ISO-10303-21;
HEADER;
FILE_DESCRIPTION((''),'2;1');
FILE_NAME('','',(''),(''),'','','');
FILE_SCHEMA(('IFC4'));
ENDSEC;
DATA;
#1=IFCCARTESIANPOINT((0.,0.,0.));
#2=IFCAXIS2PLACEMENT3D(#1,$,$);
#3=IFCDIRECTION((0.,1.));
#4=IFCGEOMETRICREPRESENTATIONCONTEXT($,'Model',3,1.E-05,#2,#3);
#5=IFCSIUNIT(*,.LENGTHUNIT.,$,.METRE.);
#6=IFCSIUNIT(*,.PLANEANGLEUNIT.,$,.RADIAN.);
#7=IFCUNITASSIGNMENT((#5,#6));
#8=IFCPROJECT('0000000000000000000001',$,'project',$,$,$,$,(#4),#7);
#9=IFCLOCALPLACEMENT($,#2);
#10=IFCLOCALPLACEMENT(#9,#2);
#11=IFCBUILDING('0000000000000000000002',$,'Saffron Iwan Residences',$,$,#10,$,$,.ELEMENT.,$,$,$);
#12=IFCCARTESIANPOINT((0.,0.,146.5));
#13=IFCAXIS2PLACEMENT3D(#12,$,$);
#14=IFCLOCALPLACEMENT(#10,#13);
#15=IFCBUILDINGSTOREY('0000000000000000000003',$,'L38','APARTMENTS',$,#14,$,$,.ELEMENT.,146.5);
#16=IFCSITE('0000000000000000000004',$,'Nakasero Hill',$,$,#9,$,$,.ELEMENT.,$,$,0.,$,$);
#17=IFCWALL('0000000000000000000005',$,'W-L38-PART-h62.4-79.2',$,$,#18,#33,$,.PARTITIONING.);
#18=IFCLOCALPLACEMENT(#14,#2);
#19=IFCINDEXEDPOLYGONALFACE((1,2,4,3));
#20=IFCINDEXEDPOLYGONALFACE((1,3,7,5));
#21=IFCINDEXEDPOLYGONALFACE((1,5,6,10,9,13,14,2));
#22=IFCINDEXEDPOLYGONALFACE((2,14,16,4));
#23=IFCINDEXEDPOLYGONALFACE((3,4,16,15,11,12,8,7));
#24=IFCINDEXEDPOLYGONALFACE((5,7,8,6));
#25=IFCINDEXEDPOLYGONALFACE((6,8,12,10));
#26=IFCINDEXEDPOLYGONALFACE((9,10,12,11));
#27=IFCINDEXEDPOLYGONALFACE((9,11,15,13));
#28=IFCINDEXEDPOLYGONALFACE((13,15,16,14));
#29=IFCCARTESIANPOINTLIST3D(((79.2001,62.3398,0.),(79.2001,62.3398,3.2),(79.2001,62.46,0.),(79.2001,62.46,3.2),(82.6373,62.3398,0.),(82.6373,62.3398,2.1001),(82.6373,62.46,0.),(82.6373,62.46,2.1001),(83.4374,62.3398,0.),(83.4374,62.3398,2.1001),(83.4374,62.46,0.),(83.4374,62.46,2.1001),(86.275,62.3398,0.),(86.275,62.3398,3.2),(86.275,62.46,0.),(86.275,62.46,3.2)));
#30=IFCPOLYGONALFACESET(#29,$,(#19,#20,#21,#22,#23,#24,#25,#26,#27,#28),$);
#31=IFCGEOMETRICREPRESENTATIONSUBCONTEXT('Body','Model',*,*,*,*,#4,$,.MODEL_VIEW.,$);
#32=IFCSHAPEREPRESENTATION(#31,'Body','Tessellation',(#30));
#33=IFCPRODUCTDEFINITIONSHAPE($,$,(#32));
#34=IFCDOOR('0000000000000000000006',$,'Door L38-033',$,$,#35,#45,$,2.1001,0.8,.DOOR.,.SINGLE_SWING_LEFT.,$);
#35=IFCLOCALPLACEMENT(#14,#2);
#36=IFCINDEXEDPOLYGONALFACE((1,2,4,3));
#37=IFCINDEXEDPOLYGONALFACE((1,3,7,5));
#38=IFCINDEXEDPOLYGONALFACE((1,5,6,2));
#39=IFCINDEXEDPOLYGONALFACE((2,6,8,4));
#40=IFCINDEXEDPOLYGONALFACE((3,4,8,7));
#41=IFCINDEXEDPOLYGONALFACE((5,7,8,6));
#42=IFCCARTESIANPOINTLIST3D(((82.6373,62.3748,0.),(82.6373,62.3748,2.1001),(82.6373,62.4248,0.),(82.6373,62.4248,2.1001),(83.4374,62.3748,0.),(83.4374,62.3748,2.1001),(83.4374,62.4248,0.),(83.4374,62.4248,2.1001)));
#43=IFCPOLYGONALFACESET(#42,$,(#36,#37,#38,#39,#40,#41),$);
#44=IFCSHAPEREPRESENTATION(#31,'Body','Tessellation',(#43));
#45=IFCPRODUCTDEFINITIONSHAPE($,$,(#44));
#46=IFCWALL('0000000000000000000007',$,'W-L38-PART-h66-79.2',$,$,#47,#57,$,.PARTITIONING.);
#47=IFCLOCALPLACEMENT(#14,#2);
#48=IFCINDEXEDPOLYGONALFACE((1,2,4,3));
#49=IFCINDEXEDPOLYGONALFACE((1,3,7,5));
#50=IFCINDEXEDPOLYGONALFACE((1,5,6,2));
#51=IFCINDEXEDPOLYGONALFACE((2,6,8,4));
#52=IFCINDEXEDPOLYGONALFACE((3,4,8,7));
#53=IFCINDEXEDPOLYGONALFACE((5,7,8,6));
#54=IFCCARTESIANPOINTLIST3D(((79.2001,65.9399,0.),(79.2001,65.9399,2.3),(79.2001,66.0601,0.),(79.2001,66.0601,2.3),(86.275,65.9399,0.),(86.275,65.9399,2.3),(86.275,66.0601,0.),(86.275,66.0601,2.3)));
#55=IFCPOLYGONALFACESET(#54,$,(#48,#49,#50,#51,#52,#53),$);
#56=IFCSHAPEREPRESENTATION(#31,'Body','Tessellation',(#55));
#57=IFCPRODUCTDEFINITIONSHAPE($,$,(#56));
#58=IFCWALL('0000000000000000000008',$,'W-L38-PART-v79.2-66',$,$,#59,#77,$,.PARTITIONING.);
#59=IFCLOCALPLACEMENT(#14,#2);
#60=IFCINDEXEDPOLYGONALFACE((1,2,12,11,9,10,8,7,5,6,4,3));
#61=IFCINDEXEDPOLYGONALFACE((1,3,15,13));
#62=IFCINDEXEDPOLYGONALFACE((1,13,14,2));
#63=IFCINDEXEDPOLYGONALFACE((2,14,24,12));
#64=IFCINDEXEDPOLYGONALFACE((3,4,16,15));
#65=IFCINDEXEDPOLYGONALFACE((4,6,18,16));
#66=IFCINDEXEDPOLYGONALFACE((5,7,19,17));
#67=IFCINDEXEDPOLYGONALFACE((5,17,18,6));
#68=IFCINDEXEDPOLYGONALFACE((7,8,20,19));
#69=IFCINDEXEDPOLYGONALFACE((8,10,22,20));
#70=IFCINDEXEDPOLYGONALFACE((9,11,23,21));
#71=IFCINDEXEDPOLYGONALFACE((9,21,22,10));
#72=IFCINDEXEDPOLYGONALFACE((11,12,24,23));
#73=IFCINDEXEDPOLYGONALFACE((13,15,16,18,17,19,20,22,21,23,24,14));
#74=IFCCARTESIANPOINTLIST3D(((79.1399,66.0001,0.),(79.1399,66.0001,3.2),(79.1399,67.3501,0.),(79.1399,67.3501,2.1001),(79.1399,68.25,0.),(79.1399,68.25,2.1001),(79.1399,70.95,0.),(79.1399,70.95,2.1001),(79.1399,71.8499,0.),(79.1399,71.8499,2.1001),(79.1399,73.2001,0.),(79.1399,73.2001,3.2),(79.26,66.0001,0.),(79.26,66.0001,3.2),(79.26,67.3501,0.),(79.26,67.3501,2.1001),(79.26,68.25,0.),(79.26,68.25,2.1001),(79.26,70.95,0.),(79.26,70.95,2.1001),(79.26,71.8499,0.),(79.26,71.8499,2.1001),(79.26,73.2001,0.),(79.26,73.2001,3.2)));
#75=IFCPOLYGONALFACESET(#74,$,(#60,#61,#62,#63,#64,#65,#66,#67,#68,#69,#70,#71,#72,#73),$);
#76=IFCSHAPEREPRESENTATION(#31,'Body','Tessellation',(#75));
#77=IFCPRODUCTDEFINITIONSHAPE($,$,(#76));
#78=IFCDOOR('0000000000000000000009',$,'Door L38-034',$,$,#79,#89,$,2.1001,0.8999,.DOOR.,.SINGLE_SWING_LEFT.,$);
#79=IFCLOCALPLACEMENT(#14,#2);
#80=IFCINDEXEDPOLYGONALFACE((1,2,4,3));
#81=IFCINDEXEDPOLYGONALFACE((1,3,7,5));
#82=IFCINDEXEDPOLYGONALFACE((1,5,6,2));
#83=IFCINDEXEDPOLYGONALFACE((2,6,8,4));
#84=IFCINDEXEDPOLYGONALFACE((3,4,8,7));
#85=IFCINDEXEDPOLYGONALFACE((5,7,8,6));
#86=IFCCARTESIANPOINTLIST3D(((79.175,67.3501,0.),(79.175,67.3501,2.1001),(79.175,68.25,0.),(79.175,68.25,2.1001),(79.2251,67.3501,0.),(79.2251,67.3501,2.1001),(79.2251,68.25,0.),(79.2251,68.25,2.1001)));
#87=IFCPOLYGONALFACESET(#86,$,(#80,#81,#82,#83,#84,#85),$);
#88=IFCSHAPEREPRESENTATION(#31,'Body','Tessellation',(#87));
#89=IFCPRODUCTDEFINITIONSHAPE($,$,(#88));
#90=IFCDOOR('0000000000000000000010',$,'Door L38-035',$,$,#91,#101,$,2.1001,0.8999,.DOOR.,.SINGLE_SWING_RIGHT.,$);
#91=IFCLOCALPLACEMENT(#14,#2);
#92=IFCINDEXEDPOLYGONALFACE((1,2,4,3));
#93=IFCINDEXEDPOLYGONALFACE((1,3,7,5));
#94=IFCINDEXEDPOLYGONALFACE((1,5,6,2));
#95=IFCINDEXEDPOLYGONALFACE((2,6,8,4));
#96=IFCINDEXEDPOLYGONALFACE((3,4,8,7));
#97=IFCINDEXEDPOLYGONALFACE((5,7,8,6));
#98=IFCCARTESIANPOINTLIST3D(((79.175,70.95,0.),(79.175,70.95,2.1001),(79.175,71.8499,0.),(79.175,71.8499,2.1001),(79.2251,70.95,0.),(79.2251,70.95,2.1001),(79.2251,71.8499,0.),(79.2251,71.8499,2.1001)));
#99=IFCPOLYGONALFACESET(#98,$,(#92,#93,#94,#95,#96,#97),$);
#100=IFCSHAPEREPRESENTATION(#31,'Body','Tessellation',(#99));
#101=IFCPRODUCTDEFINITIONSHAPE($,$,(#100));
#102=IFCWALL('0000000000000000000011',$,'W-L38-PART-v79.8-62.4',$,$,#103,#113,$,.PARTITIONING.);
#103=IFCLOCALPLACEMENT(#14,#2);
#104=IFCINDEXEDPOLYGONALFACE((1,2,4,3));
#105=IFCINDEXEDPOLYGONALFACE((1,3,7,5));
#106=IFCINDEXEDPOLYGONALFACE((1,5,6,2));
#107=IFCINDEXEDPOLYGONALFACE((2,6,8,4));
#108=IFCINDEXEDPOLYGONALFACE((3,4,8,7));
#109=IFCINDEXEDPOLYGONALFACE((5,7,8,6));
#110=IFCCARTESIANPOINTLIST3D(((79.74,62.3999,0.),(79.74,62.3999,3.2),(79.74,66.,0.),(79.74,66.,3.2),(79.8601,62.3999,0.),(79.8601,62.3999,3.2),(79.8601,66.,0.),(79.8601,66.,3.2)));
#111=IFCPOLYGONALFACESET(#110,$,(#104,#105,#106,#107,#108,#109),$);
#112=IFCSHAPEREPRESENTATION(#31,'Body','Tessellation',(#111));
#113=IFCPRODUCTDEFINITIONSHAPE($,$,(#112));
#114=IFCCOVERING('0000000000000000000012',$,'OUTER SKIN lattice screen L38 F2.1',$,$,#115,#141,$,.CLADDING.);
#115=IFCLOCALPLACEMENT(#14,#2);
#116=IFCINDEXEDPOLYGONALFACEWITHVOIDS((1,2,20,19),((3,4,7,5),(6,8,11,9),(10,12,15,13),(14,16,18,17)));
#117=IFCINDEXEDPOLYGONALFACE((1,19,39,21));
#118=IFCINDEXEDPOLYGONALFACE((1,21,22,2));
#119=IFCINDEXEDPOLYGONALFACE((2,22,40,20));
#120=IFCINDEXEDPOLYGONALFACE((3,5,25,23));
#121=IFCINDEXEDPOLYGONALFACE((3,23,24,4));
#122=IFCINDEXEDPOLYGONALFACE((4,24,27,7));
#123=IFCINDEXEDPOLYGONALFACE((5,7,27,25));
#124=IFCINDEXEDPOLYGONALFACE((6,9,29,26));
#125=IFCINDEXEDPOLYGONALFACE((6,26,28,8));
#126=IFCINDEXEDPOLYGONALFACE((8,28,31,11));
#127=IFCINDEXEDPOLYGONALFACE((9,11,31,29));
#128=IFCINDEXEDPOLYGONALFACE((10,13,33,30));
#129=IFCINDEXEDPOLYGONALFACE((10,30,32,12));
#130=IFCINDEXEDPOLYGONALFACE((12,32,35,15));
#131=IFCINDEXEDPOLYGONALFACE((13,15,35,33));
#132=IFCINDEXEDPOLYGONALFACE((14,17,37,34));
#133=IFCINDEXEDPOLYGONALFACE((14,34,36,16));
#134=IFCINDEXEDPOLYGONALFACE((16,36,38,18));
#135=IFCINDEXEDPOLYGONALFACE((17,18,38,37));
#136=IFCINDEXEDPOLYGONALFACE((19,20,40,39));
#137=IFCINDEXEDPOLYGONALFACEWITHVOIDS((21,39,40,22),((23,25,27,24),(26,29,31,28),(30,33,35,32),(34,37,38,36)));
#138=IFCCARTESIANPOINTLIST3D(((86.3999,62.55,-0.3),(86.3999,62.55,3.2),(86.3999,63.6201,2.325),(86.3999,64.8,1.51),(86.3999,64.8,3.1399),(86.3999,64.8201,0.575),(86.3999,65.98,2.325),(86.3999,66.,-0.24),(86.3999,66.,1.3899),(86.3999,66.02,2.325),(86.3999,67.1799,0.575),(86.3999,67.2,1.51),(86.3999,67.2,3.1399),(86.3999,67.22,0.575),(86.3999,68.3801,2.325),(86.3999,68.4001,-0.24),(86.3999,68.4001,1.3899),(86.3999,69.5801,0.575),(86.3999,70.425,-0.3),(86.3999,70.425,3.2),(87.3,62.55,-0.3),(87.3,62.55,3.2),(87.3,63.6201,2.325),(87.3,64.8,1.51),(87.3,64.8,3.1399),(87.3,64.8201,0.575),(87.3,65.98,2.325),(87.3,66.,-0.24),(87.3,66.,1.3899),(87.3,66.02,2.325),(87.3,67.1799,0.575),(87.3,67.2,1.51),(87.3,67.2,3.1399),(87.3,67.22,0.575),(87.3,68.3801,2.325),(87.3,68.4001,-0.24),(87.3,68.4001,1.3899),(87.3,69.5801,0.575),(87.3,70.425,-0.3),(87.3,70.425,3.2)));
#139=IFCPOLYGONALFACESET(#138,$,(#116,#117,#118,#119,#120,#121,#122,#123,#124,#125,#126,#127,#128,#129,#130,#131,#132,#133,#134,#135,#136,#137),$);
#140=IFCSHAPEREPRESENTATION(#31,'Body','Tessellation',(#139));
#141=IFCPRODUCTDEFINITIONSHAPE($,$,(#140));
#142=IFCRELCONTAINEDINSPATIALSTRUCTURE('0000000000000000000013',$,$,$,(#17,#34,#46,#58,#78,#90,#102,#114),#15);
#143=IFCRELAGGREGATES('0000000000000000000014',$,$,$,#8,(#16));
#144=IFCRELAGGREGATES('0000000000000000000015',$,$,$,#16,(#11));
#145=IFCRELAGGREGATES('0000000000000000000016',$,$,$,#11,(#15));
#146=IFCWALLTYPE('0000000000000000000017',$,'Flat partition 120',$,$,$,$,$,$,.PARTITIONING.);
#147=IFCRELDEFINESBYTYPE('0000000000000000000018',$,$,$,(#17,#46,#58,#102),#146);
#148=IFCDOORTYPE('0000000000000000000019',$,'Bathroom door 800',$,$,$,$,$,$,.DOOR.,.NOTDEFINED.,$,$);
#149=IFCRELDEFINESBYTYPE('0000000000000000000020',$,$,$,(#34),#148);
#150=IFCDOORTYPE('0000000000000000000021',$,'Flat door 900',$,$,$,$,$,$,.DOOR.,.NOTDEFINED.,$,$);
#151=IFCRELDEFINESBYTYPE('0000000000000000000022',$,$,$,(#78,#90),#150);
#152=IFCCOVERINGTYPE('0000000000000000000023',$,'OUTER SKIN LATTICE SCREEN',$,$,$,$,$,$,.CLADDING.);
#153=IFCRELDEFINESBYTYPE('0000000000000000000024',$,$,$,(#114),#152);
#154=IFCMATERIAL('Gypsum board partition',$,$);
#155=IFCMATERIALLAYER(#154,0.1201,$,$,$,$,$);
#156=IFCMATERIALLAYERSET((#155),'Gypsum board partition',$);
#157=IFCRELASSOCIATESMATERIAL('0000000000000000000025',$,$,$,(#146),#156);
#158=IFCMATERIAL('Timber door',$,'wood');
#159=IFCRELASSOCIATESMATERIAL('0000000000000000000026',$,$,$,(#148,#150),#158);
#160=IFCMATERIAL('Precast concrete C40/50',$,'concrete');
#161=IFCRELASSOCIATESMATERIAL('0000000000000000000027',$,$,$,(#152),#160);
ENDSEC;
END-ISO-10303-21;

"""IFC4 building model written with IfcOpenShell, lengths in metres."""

from ifc_helpers import new_model, si_unit, direction, frame, frame_2d, origin, place, context, subcontext, project, spatial, polyline, rectangle, outline, extrude, material, layer, layer_set, type_object, element, fill, save


model = new_model("IFC4")

# Units and contexts
model_context = context("Model", 3, precision=1e-05, world=origin(), true_north=direction((0.0, 1.0)))
body_context = subcontext(model_context, "Body", "Model", "MODEL_VIEW")
ifc_project = project(units=[si_unit("LENGTHUNIT", "METRE"), si_unit("PLANEANGLEUNIT", "RADIAN")], contexts=[model_context])

# Site, building, storey
site_placement = place(None, origin())
site = spatial("IfcSite", under=ifc_project, at=site_placement, Name="Nakasero Hill", CompositionType="ELEMENT", RefElevation=0.0)
building_placement = place(site_placement, origin())
building = spatial("IfcBuilding", under=site, at=building_placement, Name="Saffron Iwan Residences", CompositionType="ELEMENT")
storey_placement = place(building_placement, frame((0.0, 0.0, 146.5)))
storey = spatial("IfcBuildingStorey", under=building, at=storey_placement, Name="L38", Description="APARTMENTS", CompositionType="ELEMENT", Elevation=146.5)

# Wall, opening, door
ifc_material_1 = material(Name="Gypsum board partition")
ifc_layer_1 = layer(ifc_material_1, 0.1201)
ifc_layer_set_1 = layer_set([ifc_layer_1], Name="Gypsum board partition")
wall_type_1 = type_object("IfcWallType", Name="Flat partition 120", PredefinedType="PARTITIONING", material=ifc_layer_set_1)
wall_1_placement = place(storey_placement, frame((79.2, 62.3999, 0.0), z_axis=(0.0, 0.0, 1.0), x_axis=(1.0, 0.0, 0.0)))
wall_1 = element("IfcWall", 1, at=wall_1_placement, inside=storey, type_object=wall_type_1, Name="W-L38-PART-h62.4-79.2", PredefinedType="PARTITIONING", context=body_context, shape_type="SweptSolid", body=[
    extrude(rectangle(XDim=7.075, YDim=0.1201, at=frame_2d((3.5376, 0.0))), origin(), (0.0, 0.0, 1.0), 3.2),
])
opening_1_placement = place(wall_1_placement, frame((3.4375, 0.0, 0.0)))
opening_1 = element("IfcOpeningElement", 2, at=opening_1_placement, cuts=wall_1, PredefinedType="OPENING", context=body_context, shape_type="SweptSolid", body=[
    extrude(rectangle(XDim=0.8, YDim=2.1001, at=frame_2d((0.3999, 1.05))), frame((0.0, 0.0701, 0.0), z_axis=(0.0, -1.0, 0.0), x_axis=(1.0, 0.0, 0.0)), (0.0, 0.0, 1.0), 0.1401),
])
ifc_material_2 = material(Name="Timber door", Category="wood")
door_type_1 = type_object("IfcDoorType", Name="Bathroom door 800", OperationType="NOTDEFINED", PredefinedType="DOOR", material=ifc_material_2)
door_1_placement = place(opening_1_placement, origin())
door_1 = element("IfcDoor", 3, at=door_1_placement, inside=storey, type_object=door_type_1, Name="Door L38-033", OperationType="SINGLE_SWING_LEFT", OverallHeight=2.1001, OverallWidth=0.8, PredefinedType="DOOR", context=body_context, shape_type="SweptSolid", body=[
    extrude(rectangle(XDim=0.8, YDim=2.1001, at=frame_2d((0.3999, 1.05))), frame((0.0, 0.0249, 0.0), z_axis=(0.0, -1.0, 0.0), x_axis=(1.0, 0.0, 0.0)), (0.0, 0.0, 1.0), 0.05),
])
fill(opening_1, door_1)

# Wall
wall_2_placement = place(storey_placement, frame((79.2, 66.0, 0.0), z_axis=(0.0, 0.0, 1.0), x_axis=(1.0, 0.0, 0.0)))
element("IfcWall", 4, at=wall_2_placement, inside=storey, type_object=wall_type_1, Name="W-L38-PART-h66-79.2", PredefinedType="PARTITIONING", context=body_context, shape_type="SweptSolid", body=[
    extrude(rectangle(XDim=7.075, YDim=0.1201, at=frame_2d((3.5376, 0.0))), origin(), (0.0, 0.0, 1.0), 2.3),
])

# Wall, openings, doors
wall_3_placement = place(storey_placement, frame((79.2, 66.0, 0.0), z_axis=(0.0, 0.0, 1.0), x_axis=(0.0, 1.0, 0.0)))
wall_3 = element("IfcWall", 5, at=wall_3_placement, inside=storey, type_object=wall_type_1, Name="W-L38-PART-v79.2-66", PredefinedType="PARTITIONING", context=body_context, shape_type="SweptSolid", body=[
    extrude(rectangle(XDim=7.2, YDim=0.1201, at=frame_2d((3.6001, 0.0))), origin(), (0.0, 0.0, 1.0), 3.2),
])
opening_2_placement = place(wall_3_placement, frame((1.3501, 0.0, 0.0)))
opening_2 = element("IfcOpeningElement", 6, at=opening_2_placement, cuts=wall_3, PredefinedType="OPENING", context=body_context, shape_type="SweptSolid", body=[
    extrude(rectangle(XDim=0.8999, YDim=2.1001, at=frame_2d((0.45, 1.05))), frame((0.0, 0.0701, 0.0), z_axis=(0.0, -1.0, 0.0), x_axis=(1.0, 0.0, 0.0)), (0.0, 0.0, 1.0), 0.1401),
])
opening_3_placement = place(wall_3_placement, frame((4.95, 0.0, 0.0)))
opening_3 = element("IfcOpeningElement", 7, at=opening_3_placement, cuts=wall_3, PredefinedType="OPENING", context=body_context, shape_type="SweptSolid", body=[
    extrude(rectangle(XDim=0.8999, YDim=2.1001, at=frame_2d((0.45, 1.05))), frame((0.0, 0.0701, 0.0), z_axis=(0.0, -1.0, 0.0), x_axis=(1.0, 0.0, 0.0)), (0.0, 0.0, 1.0), 0.1401),
])
door_type_2 = type_object("IfcDoorType", Name="Flat door 900", OperationType="NOTDEFINED", PredefinedType="DOOR", material=ifc_material_2)
door_2_placement = place(opening_2_placement, origin())
door_2 = element("IfcDoor", 8, at=door_2_placement, inside=storey, type_object=door_type_2, Name="Door L38-034", OperationType="SINGLE_SWING_LEFT", OverallHeight=2.1001, OverallWidth=0.8999, PredefinedType="DOOR", context=body_context, shape_type="SweptSolid", body=[
    extrude(rectangle(XDim=0.8999, YDim=2.1001, at=frame_2d((0.45, 1.05))), frame((0.0, 0.0249, 0.0), z_axis=(0.0, -1.0, 0.0), x_axis=(1.0, 0.0, 0.0)), (0.0, 0.0, 1.0), 0.05),
])
fill(opening_2, door_2)
door_3_placement = place(opening_3_placement, origin())
door_3 = element("IfcDoor", 9, at=door_3_placement, inside=storey, type_object=door_type_2, Name="Door L38-035", OperationType="SINGLE_SWING_RIGHT", OverallHeight=2.1001, OverallWidth=0.8999, PredefinedType="DOOR", context=body_context, shape_type="SweptSolid", body=[
    extrude(rectangle(XDim=0.8999, YDim=2.1001, at=frame_2d((0.45, 1.05))), frame((0.0, 0.0249, 0.0), z_axis=(0.0, -1.0, 0.0), x_axis=(1.0, 0.0, 0.0)), (0.0, 0.0, 1.0), 0.05),
])
fill(opening_3, door_3)

# Wall
wall_4_placement = place(storey_placement, frame((79.8, 62.3999, 0.0), z_axis=(0.0, 0.0, 1.0), x_axis=(0.0, 1.0, 0.0)))
element("IfcWall", 10, at=wall_4_placement, inside=storey, type_object=wall_type_1, Name="W-L38-PART-v79.8-62.4", PredefinedType="PARTITIONING", context=body_context, shape_type="SweptSolid", body=[
    extrude(rectangle(XDim=3.6001, YDim=0.1201, at=frame_2d((1.8, 0.0))), origin(), (0.0, 0.0, 1.0), 3.2),
])

# Covering
ifc_material_3 = material(Name="Precast concrete C40/50", Category="concrete")
covering_type = type_object("IfcCoveringType", Name="OUTER SKIN LATTICE SCREEN", PredefinedType="CLADDING", material=ifc_material_3)
covering_placement = place(storey_placement, frame((86.3999, 62.55, -0.3), z_axis=(1.0, 0.0, 0.0), x_axis=(0.0, 1.0, 0.0)))
element("IfcCovering", 11, at=covering_placement, inside=storey, type_object=covering_type, Name="OUTER SKIN lattice screen L38 F2.1", PredefinedType="CLADDING", context=body_context, shape_type="SweptSolid", body=[
    extrude(outline(polyline([(0.0, 0.0), (7.875, 0.0), (7.875, 3.5), (0.0, 3.5), (0.0, 0.0)]), holes=[polyline([(2.27, 0.875), (3.45, 0.0601), (4.6299, 0.875), (3.45, 1.6899), (2.27, 0.875)]), polyline([(4.6699, 0.875), (5.8501, 0.0601), (7.03, 0.875), (5.8501, 1.6899), (4.6699, 0.875)]), polyline([(1.0701, 2.625), (2.25, 1.8101), (3.4299, 2.625), (2.25, 3.4399), (1.0701, 2.625)]), polyline([(3.47, 2.625), (4.6499, 1.8101), (5.8301, 2.625), (4.6499, 3.4399), (3.47, 2.625)])]), origin(), (0.0, 0.0, 1.0), 0.9001),
])

save(model, "model.ifc")
